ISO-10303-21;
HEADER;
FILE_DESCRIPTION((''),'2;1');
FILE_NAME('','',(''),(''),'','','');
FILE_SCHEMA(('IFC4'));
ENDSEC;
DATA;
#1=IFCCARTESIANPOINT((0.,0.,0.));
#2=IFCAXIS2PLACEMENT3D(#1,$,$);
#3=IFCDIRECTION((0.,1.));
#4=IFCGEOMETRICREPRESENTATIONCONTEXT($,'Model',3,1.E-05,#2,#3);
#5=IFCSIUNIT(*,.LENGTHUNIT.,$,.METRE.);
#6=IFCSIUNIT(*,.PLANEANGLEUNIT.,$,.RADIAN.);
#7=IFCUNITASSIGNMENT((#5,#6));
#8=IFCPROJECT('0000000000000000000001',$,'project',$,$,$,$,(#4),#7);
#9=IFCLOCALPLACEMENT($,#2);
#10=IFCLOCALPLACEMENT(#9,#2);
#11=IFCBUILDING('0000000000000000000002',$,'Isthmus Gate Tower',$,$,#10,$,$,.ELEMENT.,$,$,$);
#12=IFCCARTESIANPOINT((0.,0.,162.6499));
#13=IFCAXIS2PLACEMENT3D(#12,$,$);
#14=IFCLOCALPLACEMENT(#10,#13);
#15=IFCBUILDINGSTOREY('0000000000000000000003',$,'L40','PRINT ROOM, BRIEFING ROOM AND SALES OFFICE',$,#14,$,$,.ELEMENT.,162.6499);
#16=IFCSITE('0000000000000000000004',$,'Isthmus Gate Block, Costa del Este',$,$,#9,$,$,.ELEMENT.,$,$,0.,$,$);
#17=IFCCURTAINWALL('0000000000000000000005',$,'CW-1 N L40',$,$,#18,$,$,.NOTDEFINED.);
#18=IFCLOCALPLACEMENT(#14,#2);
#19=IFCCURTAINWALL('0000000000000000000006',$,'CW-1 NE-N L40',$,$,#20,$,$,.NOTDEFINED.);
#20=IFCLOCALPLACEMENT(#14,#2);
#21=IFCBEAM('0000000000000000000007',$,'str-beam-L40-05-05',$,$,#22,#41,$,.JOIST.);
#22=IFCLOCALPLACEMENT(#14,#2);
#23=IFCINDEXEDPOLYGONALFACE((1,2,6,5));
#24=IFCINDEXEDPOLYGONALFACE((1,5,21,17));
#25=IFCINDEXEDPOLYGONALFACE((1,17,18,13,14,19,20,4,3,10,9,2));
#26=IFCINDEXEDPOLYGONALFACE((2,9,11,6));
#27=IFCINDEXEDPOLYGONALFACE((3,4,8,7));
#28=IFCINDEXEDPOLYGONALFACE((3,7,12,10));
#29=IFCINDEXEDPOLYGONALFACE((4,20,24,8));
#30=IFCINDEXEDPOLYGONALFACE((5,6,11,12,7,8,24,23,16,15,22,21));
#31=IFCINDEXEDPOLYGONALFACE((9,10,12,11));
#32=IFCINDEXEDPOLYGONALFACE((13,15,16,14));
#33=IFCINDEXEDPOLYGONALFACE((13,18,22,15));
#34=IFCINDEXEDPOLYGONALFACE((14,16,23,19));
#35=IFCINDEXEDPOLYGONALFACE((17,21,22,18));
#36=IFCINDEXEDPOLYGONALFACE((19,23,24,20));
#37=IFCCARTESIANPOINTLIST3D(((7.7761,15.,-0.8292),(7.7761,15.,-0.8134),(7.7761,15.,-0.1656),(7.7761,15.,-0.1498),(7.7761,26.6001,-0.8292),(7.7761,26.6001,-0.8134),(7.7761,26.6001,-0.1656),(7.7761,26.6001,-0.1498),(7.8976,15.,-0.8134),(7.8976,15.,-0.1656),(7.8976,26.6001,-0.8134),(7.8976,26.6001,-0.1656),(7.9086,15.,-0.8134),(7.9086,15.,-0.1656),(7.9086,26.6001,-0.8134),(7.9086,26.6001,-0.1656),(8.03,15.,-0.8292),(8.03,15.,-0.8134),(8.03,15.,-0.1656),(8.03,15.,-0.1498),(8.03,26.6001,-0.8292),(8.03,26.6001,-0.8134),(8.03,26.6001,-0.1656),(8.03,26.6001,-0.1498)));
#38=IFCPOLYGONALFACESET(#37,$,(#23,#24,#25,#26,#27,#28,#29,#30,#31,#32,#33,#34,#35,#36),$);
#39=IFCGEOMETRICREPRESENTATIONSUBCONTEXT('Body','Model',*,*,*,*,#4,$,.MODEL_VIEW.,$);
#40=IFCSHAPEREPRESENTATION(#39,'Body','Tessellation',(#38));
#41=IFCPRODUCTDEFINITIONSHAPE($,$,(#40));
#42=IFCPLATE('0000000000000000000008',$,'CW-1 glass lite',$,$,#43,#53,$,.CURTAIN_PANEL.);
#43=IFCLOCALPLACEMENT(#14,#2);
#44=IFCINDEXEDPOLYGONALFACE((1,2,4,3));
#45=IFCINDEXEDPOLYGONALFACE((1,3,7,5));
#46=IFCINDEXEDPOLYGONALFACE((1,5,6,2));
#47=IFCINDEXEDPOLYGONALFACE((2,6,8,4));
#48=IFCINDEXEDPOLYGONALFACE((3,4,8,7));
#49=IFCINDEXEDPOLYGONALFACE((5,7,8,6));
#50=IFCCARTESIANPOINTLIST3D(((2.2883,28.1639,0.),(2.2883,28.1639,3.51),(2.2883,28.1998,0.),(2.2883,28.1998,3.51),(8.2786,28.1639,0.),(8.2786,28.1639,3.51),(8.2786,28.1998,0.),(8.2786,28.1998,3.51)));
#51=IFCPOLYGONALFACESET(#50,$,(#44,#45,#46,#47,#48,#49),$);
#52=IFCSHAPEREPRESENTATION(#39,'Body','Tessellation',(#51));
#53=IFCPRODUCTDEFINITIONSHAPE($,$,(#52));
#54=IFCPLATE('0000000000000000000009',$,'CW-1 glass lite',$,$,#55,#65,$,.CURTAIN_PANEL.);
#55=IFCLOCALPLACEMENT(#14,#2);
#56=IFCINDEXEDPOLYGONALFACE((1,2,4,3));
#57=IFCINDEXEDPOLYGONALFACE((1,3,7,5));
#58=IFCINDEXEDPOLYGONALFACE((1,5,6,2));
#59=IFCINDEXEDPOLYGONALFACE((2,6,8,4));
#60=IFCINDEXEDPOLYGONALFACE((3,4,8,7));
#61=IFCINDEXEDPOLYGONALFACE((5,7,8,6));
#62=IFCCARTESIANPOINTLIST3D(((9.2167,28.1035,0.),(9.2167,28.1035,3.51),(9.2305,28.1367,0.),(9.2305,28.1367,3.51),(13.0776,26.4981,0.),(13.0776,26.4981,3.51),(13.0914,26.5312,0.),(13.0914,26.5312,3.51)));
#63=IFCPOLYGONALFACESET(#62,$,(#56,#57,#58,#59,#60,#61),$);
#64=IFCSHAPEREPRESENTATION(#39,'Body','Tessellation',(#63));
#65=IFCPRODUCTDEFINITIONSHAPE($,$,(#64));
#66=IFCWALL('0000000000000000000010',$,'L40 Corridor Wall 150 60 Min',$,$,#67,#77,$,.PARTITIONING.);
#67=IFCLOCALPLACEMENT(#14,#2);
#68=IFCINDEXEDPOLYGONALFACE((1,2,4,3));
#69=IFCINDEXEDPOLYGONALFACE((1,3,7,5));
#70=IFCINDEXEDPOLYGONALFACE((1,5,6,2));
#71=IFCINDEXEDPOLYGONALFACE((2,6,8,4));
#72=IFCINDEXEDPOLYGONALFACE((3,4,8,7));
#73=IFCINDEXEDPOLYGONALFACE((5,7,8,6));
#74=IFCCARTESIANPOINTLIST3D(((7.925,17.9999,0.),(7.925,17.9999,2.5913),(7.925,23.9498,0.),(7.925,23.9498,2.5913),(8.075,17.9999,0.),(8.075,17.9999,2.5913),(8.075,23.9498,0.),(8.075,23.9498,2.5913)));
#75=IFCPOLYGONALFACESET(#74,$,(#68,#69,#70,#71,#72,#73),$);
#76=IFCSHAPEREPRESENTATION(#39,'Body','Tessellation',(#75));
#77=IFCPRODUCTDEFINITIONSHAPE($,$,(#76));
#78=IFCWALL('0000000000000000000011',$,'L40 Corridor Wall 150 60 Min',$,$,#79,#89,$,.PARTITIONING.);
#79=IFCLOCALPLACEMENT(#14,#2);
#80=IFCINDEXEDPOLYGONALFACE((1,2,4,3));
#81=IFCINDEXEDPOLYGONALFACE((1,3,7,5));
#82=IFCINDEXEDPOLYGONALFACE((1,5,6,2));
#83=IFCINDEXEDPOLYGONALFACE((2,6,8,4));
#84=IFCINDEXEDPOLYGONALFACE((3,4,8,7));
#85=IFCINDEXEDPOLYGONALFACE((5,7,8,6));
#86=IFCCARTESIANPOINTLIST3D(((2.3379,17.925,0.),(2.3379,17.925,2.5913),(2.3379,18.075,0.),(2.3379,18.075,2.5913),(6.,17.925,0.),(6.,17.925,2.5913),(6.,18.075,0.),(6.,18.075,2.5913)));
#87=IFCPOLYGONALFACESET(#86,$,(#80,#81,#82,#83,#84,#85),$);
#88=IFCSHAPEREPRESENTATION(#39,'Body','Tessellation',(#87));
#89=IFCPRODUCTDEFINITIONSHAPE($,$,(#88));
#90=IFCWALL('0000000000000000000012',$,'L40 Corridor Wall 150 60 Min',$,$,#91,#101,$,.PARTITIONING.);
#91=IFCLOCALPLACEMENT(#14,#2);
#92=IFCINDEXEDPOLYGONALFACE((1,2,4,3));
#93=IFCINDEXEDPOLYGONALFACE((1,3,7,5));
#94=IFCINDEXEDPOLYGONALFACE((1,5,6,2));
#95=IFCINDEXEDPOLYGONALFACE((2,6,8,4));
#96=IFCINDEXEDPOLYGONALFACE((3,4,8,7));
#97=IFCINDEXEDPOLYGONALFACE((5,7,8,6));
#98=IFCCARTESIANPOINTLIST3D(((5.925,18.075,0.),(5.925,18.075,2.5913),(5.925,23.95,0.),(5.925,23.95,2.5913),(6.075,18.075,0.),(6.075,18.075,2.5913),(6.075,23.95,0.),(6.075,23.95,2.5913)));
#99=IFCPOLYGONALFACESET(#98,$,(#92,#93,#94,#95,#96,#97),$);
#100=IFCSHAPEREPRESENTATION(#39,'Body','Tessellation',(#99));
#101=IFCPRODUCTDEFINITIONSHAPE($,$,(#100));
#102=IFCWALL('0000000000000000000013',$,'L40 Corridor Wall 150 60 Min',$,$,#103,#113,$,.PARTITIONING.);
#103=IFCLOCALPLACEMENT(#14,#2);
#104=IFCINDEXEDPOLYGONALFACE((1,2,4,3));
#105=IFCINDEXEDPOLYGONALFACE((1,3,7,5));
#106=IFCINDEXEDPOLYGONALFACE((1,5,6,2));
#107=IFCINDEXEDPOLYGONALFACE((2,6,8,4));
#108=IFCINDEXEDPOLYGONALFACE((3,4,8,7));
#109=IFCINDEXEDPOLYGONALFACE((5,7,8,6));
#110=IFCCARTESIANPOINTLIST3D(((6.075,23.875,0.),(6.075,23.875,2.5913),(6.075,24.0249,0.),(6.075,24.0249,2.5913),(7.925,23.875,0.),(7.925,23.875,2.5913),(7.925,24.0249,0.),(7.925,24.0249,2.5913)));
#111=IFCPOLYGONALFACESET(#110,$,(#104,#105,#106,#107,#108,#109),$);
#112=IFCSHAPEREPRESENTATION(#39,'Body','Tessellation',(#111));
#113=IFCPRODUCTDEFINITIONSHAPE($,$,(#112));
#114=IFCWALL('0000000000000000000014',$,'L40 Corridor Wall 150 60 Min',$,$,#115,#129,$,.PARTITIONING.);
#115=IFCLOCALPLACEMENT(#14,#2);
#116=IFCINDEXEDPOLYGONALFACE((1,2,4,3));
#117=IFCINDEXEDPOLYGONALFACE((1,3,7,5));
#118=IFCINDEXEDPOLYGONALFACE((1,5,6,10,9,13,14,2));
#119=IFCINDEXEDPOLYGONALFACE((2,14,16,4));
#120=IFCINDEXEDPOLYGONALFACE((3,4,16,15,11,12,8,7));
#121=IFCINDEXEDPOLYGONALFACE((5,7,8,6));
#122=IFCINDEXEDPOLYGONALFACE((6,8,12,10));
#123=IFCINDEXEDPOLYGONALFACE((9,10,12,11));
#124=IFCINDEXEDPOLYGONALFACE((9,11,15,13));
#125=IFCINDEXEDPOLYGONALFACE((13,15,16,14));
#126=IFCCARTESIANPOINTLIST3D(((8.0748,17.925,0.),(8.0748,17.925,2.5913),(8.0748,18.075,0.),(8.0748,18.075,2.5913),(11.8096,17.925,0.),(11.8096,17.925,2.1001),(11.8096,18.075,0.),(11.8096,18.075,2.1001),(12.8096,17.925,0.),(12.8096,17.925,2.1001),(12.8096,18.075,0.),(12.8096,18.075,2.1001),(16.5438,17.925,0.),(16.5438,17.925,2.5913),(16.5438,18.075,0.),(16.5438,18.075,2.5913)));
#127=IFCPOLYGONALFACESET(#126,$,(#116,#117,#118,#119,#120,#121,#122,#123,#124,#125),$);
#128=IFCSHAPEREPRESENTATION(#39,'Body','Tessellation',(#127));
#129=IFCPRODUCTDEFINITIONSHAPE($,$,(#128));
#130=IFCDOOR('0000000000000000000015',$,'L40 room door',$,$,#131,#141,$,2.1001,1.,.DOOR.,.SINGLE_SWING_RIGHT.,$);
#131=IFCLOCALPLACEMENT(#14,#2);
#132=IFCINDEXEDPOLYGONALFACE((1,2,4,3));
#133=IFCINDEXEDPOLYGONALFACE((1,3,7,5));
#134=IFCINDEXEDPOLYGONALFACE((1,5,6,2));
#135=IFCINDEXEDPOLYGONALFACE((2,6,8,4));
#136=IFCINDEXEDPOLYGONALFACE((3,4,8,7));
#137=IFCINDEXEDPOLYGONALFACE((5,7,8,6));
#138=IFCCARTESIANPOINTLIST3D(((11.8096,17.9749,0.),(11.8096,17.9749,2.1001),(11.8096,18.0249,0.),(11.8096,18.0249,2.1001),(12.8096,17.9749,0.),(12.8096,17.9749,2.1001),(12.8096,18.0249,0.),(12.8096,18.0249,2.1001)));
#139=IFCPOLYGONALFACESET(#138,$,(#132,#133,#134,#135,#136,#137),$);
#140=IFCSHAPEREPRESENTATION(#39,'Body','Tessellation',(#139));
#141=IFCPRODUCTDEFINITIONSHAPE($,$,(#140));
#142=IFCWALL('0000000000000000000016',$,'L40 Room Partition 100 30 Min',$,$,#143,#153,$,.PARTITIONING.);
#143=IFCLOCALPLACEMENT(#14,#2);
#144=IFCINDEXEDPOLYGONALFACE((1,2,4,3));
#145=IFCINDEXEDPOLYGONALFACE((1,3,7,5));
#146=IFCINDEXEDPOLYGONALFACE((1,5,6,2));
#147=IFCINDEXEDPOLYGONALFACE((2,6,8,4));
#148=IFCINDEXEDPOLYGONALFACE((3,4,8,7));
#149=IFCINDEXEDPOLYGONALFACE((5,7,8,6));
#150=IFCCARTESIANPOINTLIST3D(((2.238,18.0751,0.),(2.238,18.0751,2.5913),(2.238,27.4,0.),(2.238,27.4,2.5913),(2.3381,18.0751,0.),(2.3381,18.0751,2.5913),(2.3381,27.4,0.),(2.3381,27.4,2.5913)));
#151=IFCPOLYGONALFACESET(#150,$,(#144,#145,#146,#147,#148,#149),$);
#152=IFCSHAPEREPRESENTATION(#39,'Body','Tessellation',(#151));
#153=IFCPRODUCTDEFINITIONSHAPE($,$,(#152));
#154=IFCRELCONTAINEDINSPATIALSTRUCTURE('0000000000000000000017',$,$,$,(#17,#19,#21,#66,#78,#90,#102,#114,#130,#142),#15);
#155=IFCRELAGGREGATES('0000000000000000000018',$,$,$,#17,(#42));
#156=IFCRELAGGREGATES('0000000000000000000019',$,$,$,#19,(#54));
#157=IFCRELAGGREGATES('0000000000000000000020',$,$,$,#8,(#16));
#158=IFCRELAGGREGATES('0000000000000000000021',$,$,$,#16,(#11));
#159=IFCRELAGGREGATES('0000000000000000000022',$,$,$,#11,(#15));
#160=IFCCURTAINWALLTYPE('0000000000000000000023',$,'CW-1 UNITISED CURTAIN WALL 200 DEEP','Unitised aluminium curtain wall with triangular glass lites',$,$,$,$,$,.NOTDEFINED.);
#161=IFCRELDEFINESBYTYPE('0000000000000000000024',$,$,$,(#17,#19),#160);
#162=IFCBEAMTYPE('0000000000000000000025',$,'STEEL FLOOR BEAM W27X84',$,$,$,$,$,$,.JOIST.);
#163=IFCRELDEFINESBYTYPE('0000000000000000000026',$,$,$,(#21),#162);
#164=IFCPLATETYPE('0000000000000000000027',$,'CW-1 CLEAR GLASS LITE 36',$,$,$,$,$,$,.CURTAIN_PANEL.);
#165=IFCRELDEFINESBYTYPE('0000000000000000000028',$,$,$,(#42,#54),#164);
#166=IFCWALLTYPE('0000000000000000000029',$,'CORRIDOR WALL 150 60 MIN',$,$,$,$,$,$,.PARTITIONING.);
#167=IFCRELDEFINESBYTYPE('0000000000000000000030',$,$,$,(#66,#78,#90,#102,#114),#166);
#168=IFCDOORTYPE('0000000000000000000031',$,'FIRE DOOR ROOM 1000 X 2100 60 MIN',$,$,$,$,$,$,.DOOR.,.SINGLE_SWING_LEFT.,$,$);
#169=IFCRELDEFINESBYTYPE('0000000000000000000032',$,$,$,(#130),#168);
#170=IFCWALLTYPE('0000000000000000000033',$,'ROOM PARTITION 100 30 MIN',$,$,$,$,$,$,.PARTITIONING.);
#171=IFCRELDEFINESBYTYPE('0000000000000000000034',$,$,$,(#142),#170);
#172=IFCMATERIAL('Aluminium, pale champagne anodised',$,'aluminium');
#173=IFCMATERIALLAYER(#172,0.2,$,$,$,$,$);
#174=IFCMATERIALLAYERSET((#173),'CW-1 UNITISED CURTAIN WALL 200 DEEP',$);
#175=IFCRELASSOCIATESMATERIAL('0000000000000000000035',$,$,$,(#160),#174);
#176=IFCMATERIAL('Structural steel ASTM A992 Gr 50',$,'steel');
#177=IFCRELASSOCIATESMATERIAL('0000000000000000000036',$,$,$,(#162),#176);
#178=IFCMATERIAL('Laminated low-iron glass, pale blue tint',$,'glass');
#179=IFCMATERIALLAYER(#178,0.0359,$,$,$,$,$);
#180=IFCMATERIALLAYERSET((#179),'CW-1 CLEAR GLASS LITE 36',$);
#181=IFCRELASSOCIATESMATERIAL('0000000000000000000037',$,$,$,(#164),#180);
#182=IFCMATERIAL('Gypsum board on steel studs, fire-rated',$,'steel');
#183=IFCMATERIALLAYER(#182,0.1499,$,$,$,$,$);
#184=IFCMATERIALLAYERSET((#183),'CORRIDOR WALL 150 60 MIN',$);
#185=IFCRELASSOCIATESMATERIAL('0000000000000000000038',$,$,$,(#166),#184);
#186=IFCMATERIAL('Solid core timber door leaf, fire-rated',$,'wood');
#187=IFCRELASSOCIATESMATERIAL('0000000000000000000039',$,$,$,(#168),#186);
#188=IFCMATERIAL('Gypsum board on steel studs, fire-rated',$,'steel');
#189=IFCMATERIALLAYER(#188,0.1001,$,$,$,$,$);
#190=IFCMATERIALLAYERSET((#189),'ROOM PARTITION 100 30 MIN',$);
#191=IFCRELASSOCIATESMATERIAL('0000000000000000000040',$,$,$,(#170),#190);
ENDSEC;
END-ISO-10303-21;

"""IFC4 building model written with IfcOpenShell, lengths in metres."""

from ifc_helpers import new_model, si_unit, direction, frame, frame_2d, origin, origin_2d, place, context, subcontext, project, spatial, rectangle, i_section, extrude, material, layer, layer_set, material_profile, profile_set, type_object, element, fill, aggregate, save


model = new_model("IFC4")

# Units and contexts
model_context = context("Model", 3, precision=1e-05, world=origin(), true_north=direction((0.0, 1.0)))
body_context = subcontext(model_context, "Body", "Model", "MODEL_VIEW")
ifc_project = project(units=[si_unit("LENGTHUNIT", "METRE"), si_unit("PLANEANGLEUNIT", "RADIAN")], contexts=[model_context])

# Site, building, storey
site_placement = place(None, origin())
site = spatial("IfcSite", under=ifc_project, at=site_placement, Name="Isthmus Gate Block, Costa del Este", CompositionType="ELEMENT", RefElevation=0.0)
building_placement = place(site_placement, origin())
building = spatial("IfcBuilding", under=site, at=building_placement, Name="Isthmus Gate Tower", CompositionType="ELEMENT")
storey_placement = place(building_placement, frame((0.0, 0.0, 162.6499)))
storey = spatial("IfcBuildingStorey", under=building, at=storey_placement, Name="L40", Description="PRINT ROOM, BRIEFING ROOM AND SALES OFFICE", CompositionType="ELEMENT", Elevation=162.6499)

# Curtain walls
ifc_material_1 = material(Name="Aluminium, pale champagne anodised", Category="aluminium")
ifc_layer_1 = layer(ifc_material_1, 0.2)
ifc_layer_set_1 = layer_set([ifc_layer_1], Name="CW-1 UNITISED CURTAIN WALL 200 DEEP")
curtain_wall_type = type_object("IfcCurtainWallType", Name="CW-1 UNITISED CURTAIN WALL 200 DEEP", Description="Unitised aluminium curtain wall with triangular glass lites", PredefinedType="NOTDEFINED", material=ifc_layer_set_1)
curtain_wall_1_placement = place(storey_placement, origin())
curtain_wall_1 = element("IfcCurtainWall", 1, at=curtain_wall_1_placement, inside=storey, type_object=curtain_wall_type, Name="CW-1 N L40", PredefinedType="NOTDEFINED")
curtain_wall_2_placement = place(storey_placement, origin())
curtain_wall_2 = element("IfcCurtainWall", 2, at=curtain_wall_2_placement, inside=storey, type_object=curtain_wall_type, Name="CW-1 NE-N L40", PredefinedType="NOTDEFINED")

# Beam
ifc_material_2 = material(Name="Structural steel ASTM A992 Gr 50", Category="steel")
ifc_material_profile_1 = material_profile(ifc_material_2, i_section(OverallWidth=0.2539, OverallDepth=0.6794, WebThickness=0.011, FlangeThickness=0.0159, at=origin_2d()), Name="W27X84")
ifc_profile_set_1 = profile_set([ifc_material_profile_1], Name="Structural steel ASTM A992 Gr 50")
beam_type_1 = type_object("IfcBeamType", Name="STEEL FLOOR BEAM W27X84", PredefinedType="JOIST", material=ifc_profile_set_1)
for number, where, z_axis, x_axis, name in (
    (3, (7.9031, 15.0, -0.4895), (0.0, 1.0, 0.0), (-1.0, 0.0, 0.0), "str-beam-L40-05-05"),
):
    element("IfcBeam", number, at=place(storey_placement, frame(where, z_axis=z_axis, x_axis=x_axis)), inside=storey, type_object=beam_type_1, Name=name, PredefinedType="JOIST", context=body_context, shape_type="SweptSolid", body=[
        extrude(i_section(OverallWidth=0.2539, OverallDepth=0.6794, WebThickness=0.011, FlangeThickness=0.0159, at=origin_2d()), origin(), (0.0, 0.0, 1.0), 11.6001),
    ])

# Plates
ifc_material_3 = material(Name="Laminated low-iron glass, pale blue tint", Category="glass")
ifc_layer_2 = layer(ifc_material_3, 0.0359)
ifc_layer_set_2 = layer_set([ifc_layer_2], Name="CW-1 CLEAR GLASS LITE 36")
plate_type = type_object("IfcPlateType", Name="CW-1 CLEAR GLASS LITE 36", PredefinedType="CURTAIN_PANEL", material=ifc_layer_set_2)
plate_1_placement = place(storey_placement, frame((5.2834, 28.1819, 0.0), z_axis=(0.0, 0.0, 1.0), x_axis=(-1.0, 0.0, 0.0)))
plate_1 = element("IfcPlate", 4, at=plate_1_placement, type_object=plate_type, Name="CW-1 glass lite", PredefinedType="CURTAIN_PANEL", context=body_context, shape_type="SweptSolid", body=[
    extrude(rectangle(XDim=5.9902, YDim=0.0359, at=origin_2d()), origin(), (0.0, 0.0, 1.0), 3.51),
])
aggregate(curtain_wall_1, [plate_1])
plate_2_placement = place(storey_placement, frame((11.1541, 27.3174, 0.0), z_axis=(0.0, 0.0, 1.0), x_axis=(-0.923353, 0.383952, 0.0)))
plate_2 = element("IfcPlate", 5, at=plate_2_placement, type_object=plate_type, Name="CW-1 glass lite", PredefinedType="CURTAIN_PANEL", context=body_context, shape_type="SweptSolid", body=[
    extrude(rectangle(XDim=4.1814, YDim=0.0359, at=origin_2d()), origin(), (0.0, 0.0, 1.0), 3.51),
])
aggregate(curtain_wall_2, [plate_2])

# Walls
ifc_material_4 = material(Name="Gypsum board on steel studs, fire-rated", Category="steel")
ifc_layer_3 = layer(ifc_material_4, 0.1499)
ifc_layer_set_3 = layer_set([ifc_layer_3], Name="CORRIDOR WALL 150 60 MIN")
wall_type_1 = type_object("IfcWallType", Name="CORRIDOR WALL 150 60 MIN", PredefinedType="PARTITIONING", material=ifc_layer_set_3)
wall_1_placement = place(storey_placement, frame((8.0, 23.95, 0.0), z_axis=(0.0, 0.0, 1.0), x_axis=(0.0, -1.0, 0.0)))
element("IfcWall", 6, at=wall_1_placement, inside=storey, type_object=wall_type_1, Name="L40 Corridor Wall 150 60 Min", PredefinedType="PARTITIONING", context=body_context, shape_type="SweptSolid", body=[
    extrude(rectangle(XDim=5.95, YDim=0.1499, at=frame_2d((2.9751, 0.0))), origin(), (0.0, 0.0, 1.0), 2.5913),
])
wall_2_placement = place(storey_placement, frame((2.3379, 18.0, 0.0), z_axis=(0.0, 0.0, 1.0), x_axis=(1.0, 0.0, 0.0)))
element("IfcWall", 7, at=wall_2_placement, inside=storey, type_object=wall_type_1, Name="L40 Corridor Wall 150 60 Min", PredefinedType="PARTITIONING", context=body_context, shape_type="SweptSolid", body=[
    extrude(rectangle(XDim=3.6621, YDim=0.1499, at=frame_2d((1.8311, 0.0))), origin(), (0.0, 0.0, 1.0), 2.5913),
])
wall_3_placement = place(storey_placement, frame((6.0, 18.075, 0.0), z_axis=(0.0, 0.0, 1.0), x_axis=(0.0, 1.0, 0.0)))
element("IfcWall", 8, at=wall_3_placement, inside=storey, type_object=wall_type_1, Name="L40 Corridor Wall 150 60 Min", PredefinedType="PARTITIONING", context=body_context, shape_type="SweptSolid", body=[
    extrude(rectangle(XDim=5.875, YDim=0.1499, at=frame_2d((2.9375, 0.0))), origin(), (0.0, 0.0, 1.0), 2.5913),
])
wall_4_placement = place(storey_placement, frame((6.075, 23.95, 0.0), z_axis=(0.0, 0.0, 1.0), x_axis=(1.0, 0.0, 0.0)))
element("IfcWall", 9, at=wall_4_placement, inside=storey, type_object=wall_type_1, Name="L40 Corridor Wall 150 60 Min", PredefinedType="PARTITIONING", context=body_context, shape_type="SweptSolid", body=[
    extrude(rectangle(XDim=1.8501, YDim=0.1499, at=frame_2d((0.925, 0.0))), origin(), (0.0, 0.0, 1.0), 2.5913),
])

# Wall, opening, door
wall_5_placement = place(storey_placement, frame((8.075, 18.0, 0.0), z_axis=(0.0, 0.0, 1.0), x_axis=(1.0, 0.0, 0.0)))
wall_5 = element("IfcWall", 10, at=wall_5_placement, inside=storey, type_object=wall_type_1, Name="L40 Corridor Wall 150 60 Min", PredefinedType="PARTITIONING", context=body_context, shape_type="SweptSolid", body=[
    extrude(rectangle(XDim=8.469, YDim=0.1499, at=frame_2d((4.2344, 0.0))), origin(), (0.0, 0.0, 1.0), 2.5913),
])
opening_placement = place(wall_5_placement, frame((3.7346, 0.0, 0.0)))
opening = element("IfcOpeningElement", 11, at=opening_placement, cuts=wall_5, PredefinedType="OPENING", context=body_context, shape_type="SweptSolid", body=[
    extrude(rectangle(XDim=1.0, YDim=2.1001, at=frame_2d((0.5, 1.05))), frame((0.0, 0.085, 0.0), z_axis=(0.0, -1.0, 0.0), x_axis=(1.0, 0.0, 0.0)), (0.0, 0.0, 1.0), 0.1699),
])
ifc_material_5 = material(Name="Solid core timber door leaf, fire-rated", Category="wood")
door_type = type_object("IfcDoorType", Name="FIRE DOOR ROOM 1000 X 2100 60 MIN", OperationType="SINGLE_SWING_LEFT", PredefinedType="DOOR", material=ifc_material_5)
door_placement = place(opening_placement, origin())
door = element("IfcDoor", 12, at=door_placement, inside=storey, type_object=door_type, Name="L40 room door", OperationType="SINGLE_SWING_RIGHT", OverallHeight=2.1001, OverallWidth=1.0, PredefinedType="DOOR", context=body_context, shape_type="SweptSolid", body=[
    extrude(rectangle(XDim=1.0, YDim=2.1001, at=frame_2d((0.5, 1.05))), frame((0.0, 0.0249, 0.0), z_axis=(0.0, -1.0, 0.0), x_axis=(1.0, 0.0, 0.0)), (0.0, 0.0, 1.0), 0.05),
])
fill(opening, door)

# Wall
ifc_material_6 = material(Name="Gypsum board on steel studs, fire-rated", Category="steel")
ifc_layer_4 = layer(ifc_material_6, 0.1001)
ifc_layer_set_4 = layer_set([ifc_layer_4], Name="ROOM PARTITION 100 30 MIN")
wall_type_2 = type_object("IfcWallType", Name="ROOM PARTITION 100 30 MIN", PredefinedType="PARTITIONING", material=ifc_layer_set_4)
wall_6_placement = place(storey_placement, frame((2.2881, 18.075, 0.0), z_axis=(0.0, 0.0, 1.0), x_axis=(0.0, 1.0, 0.0)))
element("IfcWall", 13, at=wall_6_placement, inside=storey, type_object=wall_type_2, Name="L40 Room Partition 100 30 Min", PredefinedType="PARTITIONING", context=body_context, shape_type="SweptSolid", body=[
    extrude(rectangle(XDim=9.325, YDim=0.1001, at=frame_2d((4.6626, 0.0))), origin(), (0.0, 0.0, 1.0), 2.5913),
])

save(model, "model.ifc")
